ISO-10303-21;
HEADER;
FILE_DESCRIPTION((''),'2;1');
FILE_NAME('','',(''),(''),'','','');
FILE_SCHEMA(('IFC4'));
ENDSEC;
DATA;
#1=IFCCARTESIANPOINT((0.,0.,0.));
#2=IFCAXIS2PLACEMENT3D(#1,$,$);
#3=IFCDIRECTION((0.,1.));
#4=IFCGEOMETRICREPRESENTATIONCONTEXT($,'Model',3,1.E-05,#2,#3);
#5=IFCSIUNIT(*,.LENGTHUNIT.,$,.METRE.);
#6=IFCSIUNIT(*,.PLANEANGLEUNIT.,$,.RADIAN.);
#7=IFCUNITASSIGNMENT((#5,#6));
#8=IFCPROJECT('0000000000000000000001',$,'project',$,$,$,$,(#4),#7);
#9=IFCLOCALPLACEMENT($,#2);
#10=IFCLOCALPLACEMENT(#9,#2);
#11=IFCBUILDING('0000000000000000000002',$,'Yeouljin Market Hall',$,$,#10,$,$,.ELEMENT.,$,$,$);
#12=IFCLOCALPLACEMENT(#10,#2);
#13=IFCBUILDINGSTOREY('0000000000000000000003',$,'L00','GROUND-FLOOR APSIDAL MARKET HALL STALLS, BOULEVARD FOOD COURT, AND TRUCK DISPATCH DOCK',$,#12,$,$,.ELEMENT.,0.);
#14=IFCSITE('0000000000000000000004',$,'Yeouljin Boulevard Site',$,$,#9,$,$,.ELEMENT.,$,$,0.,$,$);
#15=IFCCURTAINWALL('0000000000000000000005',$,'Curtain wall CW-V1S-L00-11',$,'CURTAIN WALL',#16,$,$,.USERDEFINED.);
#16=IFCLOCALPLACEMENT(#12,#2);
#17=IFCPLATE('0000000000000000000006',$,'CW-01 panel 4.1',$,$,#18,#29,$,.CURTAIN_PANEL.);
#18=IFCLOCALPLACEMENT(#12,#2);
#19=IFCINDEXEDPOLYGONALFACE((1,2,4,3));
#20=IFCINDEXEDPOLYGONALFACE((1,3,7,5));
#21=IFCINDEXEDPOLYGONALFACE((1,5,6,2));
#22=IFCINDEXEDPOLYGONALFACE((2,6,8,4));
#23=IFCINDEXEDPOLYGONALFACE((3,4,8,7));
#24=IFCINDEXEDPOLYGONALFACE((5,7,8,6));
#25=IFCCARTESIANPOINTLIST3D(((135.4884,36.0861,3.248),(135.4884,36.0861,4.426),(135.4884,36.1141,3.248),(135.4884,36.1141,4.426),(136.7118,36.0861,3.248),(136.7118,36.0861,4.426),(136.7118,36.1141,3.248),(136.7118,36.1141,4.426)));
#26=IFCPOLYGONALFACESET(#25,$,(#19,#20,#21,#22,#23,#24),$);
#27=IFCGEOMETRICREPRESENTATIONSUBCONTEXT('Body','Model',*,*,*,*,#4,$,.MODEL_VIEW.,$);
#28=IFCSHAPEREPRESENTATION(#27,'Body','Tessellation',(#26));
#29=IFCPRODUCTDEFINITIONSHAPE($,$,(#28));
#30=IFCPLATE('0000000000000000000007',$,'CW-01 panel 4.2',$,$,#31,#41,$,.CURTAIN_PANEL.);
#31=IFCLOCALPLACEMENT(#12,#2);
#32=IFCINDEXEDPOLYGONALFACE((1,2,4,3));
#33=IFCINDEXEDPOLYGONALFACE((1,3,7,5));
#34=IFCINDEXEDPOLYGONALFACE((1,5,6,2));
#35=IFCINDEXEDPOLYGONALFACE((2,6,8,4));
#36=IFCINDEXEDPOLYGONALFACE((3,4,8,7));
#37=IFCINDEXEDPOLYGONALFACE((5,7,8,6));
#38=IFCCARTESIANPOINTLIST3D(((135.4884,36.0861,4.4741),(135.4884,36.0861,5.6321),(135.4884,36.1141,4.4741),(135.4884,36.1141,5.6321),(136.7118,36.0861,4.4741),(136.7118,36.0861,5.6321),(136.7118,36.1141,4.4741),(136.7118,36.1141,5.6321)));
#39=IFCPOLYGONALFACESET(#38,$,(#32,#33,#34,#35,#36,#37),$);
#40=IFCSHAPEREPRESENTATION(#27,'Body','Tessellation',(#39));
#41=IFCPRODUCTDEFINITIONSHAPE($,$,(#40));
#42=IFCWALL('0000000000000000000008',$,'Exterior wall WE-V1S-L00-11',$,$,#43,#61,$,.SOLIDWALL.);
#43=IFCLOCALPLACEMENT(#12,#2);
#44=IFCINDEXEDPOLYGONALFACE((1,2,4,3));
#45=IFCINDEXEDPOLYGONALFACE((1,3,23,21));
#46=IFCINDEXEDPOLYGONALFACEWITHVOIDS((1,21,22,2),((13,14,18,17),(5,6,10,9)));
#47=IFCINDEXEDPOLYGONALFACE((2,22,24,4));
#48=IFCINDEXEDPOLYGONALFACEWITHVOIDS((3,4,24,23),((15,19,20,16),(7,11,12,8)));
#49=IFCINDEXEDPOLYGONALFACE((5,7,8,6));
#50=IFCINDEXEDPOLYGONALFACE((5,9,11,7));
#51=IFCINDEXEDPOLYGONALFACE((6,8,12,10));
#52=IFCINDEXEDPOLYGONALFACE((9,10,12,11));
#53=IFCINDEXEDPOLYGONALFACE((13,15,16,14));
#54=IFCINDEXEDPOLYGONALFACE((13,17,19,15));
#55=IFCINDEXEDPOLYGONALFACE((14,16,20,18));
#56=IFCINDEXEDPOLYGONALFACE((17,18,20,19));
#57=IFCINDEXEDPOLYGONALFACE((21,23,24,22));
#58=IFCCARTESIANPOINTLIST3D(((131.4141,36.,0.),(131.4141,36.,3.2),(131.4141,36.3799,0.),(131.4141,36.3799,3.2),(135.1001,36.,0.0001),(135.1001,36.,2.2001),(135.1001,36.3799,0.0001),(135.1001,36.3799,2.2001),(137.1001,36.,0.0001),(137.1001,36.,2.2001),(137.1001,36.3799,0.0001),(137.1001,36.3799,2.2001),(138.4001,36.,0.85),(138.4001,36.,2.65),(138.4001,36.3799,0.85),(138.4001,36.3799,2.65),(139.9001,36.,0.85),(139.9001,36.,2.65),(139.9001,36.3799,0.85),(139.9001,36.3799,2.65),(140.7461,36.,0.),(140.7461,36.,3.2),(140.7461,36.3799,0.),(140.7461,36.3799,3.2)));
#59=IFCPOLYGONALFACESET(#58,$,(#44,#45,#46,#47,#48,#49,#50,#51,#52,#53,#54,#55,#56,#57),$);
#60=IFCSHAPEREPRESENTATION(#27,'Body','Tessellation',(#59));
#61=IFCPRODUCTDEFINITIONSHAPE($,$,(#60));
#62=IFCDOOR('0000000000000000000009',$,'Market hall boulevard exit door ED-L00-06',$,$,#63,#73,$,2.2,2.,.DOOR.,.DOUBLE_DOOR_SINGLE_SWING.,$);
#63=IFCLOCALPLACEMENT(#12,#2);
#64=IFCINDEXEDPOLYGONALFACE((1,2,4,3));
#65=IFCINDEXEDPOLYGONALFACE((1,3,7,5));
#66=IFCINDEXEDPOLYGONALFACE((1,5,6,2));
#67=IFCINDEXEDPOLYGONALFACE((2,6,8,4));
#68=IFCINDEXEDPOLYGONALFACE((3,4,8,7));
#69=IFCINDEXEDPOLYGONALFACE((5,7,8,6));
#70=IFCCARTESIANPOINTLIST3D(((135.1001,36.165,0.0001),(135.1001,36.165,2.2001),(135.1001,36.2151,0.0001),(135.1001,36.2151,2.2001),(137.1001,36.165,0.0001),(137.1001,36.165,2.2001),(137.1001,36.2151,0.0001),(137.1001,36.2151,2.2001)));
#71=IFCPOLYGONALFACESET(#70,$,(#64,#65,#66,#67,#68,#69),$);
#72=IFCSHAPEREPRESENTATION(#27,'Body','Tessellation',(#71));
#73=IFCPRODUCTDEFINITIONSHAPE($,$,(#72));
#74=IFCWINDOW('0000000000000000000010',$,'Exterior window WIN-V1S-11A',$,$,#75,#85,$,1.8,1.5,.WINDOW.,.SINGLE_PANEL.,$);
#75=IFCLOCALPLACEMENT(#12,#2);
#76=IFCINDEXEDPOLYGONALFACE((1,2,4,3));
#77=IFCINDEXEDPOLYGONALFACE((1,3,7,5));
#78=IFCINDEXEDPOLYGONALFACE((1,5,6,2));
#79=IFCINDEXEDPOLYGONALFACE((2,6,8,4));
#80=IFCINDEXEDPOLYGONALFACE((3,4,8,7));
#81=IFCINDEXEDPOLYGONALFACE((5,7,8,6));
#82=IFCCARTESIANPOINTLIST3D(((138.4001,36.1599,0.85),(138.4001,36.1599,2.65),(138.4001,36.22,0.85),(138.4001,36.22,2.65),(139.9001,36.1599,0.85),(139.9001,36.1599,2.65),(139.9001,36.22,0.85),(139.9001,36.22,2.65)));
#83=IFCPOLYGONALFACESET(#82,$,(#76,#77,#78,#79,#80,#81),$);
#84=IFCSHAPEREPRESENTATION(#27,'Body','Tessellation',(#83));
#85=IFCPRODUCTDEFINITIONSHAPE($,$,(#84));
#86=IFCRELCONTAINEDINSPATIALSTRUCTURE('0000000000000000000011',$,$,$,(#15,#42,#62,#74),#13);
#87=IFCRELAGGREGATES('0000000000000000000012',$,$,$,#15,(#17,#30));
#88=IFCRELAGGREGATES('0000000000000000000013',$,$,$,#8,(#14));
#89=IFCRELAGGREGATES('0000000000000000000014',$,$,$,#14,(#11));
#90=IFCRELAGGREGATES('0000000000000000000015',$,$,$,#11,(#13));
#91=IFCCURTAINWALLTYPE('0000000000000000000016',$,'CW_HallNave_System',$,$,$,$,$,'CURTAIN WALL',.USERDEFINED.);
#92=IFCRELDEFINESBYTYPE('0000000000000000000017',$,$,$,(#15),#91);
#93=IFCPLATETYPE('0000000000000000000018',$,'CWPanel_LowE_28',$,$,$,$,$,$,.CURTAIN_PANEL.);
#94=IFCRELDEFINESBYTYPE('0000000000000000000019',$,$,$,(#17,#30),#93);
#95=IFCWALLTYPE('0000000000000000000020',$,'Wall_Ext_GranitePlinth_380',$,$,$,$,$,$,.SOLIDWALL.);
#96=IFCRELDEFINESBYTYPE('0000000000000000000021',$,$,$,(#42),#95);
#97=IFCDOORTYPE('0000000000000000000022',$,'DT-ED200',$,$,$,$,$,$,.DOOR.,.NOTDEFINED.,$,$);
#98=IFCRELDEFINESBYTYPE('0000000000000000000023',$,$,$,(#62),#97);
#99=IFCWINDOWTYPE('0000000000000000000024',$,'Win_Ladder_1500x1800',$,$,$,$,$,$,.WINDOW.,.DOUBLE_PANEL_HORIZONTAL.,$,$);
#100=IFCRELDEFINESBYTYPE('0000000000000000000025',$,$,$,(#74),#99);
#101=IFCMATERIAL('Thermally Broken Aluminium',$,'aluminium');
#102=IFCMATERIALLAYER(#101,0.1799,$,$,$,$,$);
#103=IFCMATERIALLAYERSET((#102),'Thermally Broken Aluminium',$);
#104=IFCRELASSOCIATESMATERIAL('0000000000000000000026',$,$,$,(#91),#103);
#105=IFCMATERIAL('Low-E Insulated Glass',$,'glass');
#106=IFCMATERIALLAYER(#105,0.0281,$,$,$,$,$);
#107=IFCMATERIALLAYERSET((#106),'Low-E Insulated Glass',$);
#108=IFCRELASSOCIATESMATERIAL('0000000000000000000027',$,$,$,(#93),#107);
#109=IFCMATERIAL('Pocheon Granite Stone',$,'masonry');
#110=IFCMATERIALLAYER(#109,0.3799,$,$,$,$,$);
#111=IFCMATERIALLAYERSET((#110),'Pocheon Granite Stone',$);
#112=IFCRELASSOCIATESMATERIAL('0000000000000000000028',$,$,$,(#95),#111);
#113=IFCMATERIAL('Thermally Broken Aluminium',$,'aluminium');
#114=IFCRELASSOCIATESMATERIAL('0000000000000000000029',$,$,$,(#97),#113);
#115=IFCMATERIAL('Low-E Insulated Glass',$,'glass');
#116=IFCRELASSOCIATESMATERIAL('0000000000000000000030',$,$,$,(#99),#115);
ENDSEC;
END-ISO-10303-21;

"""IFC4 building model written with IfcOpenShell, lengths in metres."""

from ifc_helpers import new_model, si_unit, direction, frame, frame_2d, origin, origin_2d, place, context, subcontext, project, spatial, rectangle, extrude, material, layer, layer_set, type_object, element, fill, aggregate, save


model = new_model("IFC4")

# Units and contexts
model_context = context("Model", 3, precision=1e-05, world=origin(), true_north=direction((0.0, 1.0)))
body_context = subcontext(model_context, "Body", "Model", "MODEL_VIEW")
ifc_project = project(units=[si_unit("LENGTHUNIT", "METRE"), si_unit("PLANEANGLEUNIT", "RADIAN")], contexts=[model_context])

# Site, building, storey
site_placement = place(None, origin())
site = spatial("IfcSite", under=ifc_project, at=site_placement, Name="Yeouljin Boulevard Site", CompositionType="ELEMENT", RefElevation=0.0)
building_placement = place(site_placement, origin())
building = spatial("IfcBuilding", under=site, at=building_placement, Name="Yeouljin Market Hall", CompositionType="ELEMENT")
storey_placement = place(building_placement, origin())
storey = spatial("IfcBuildingStorey", under=building, at=storey_placement, Name="L00", Description="GROUND-FLOOR APSIDAL MARKET HALL STALLS, BOULEVARD FOOD COURT, AND TRUCK DISPATCH DOCK", CompositionType="ELEMENT", Elevation=0.0)

# Curtain wall
ifc_material_1 = material(Name="Thermally Broken Aluminium", Category="aluminium")
ifc_layer_1 = layer(ifc_material_1, 0.1799)
ifc_layer_set_1 = layer_set([ifc_layer_1], Name="Thermally Broken Aluminium")
curtain_wall_type_1 = type_object("IfcCurtainWallType", Name="CW_HallNave_System", ElementType="CURTAIN WALL", PredefinedType="USERDEFINED", material=ifc_layer_set_1)
curtain_wall_1_placement = place(storey_placement, origin())
curtain_wall_1 = element("IfcCurtainWall", 1, at=curtain_wall_1_placement, inside=storey, type_object=curtain_wall_type_1, Name="Curtain wall CW-V1S-L00-11", ObjectType="CURTAIN WALL", PredefinedType="USERDEFINED")

# Plates
ifc_material_2 = material(Name="Low-E Insulated Glass", Category="glass")
ifc_layer_2 = layer(ifc_material_2, 0.0281)
ifc_layer_set_2 = layer_set([ifc_layer_2], Name="Low-E Insulated Glass")
plate_type_1 = type_object("IfcPlateType", Name="CWPanel_LowE_28", PredefinedType="CURTAIN_PANEL", material=ifc_layer_set_2)
plate_1_placement = place(storey_placement, frame((136.1001, 36.1001, 3.248), z_axis=(0.0, 0.0, 1.0), x_axis=(-1.0, 0.0, 0.0)))
plate_1 = element("IfcPlate", 2, at=plate_1_placement, type_object=plate_type_1, Name="CW-01 panel 4.1", PredefinedType="CURTAIN_PANEL", context=body_context, shape_type="SweptSolid", body=[
    extrude(rectangle(XDim=1.2234, YDim=0.0281, at=origin_2d()), origin(), (0.0, 0.0, 1.0), 1.178),
])
plate_2_placement = place(storey_placement, frame((136.1001, 36.1001, 4.4741), z_axis=(0.0, 0.0, 1.0), x_axis=(-1.0, 0.0, 0.0)))
plate_2 = element("IfcPlate", 3, at=plate_2_placement, type_object=plate_type_1, Name="CW-01 panel 4.2", PredefinedType="CURTAIN_PANEL", context=body_context, shape_type="SweptSolid", body=[
    extrude(rectangle(XDim=1.2234, YDim=0.0281, at=origin_2d()), origin(), (0.0, 0.0, 1.0), 1.158),
])
aggregate(curtain_wall_1, [plate_1, plate_2])

# Wall, openings, door, window
ifc_material_3 = material(Name="Pocheon Granite Stone", Category="masonry")
ifc_layer_3 = layer(ifc_material_3, 0.3799)
ifc_layer_set_3 = layer_set([ifc_layer_3], Name="Pocheon Granite Stone")
wall_type = type_object("IfcWallType", Name="Wall_Ext_GranitePlinth_380", PredefinedType="SOLIDWALL", material=ifc_layer_set_3)
wall_placement = place(storey_placement, frame((140.7461, 36.1899, 0.0), z_axis=(0.0, 0.0, 1.0), x_axis=(-1.0, 0.0, 0.0)))
wall = element("IfcWall", 4, at=wall_placement, inside=storey, type_object=wall_type, Name="Exterior wall WE-V1S-L00-11", PredefinedType="SOLIDWALL", context=body_context, shape_type="SweptSolid", body=[
    extrude(rectangle(XDim=9.332, YDim=0.3799, at=frame_2d((4.666, 0.0))), origin(), (0.0, 0.0, 1.0), 3.2),
])
opening_1_placement = place(wall_placement, frame((3.646, 0.0, 0.0)))
opening_1 = element("IfcOpeningElement", 5, at=opening_1_placement, cuts=wall, PredefinedType="OPENING", context=body_context, shape_type="SweptSolid", body=[
    extrude(rectangle(XDim=2.0, YDim=2.2, at=frame_2d((1.0, 1.1001))), frame((0.0, 0.2, 0.0), z_axis=(0.0, -1.0, 0.0), x_axis=(1.0, 0.0, 0.0)), (0.0, 0.0, 1.0), 0.3999),
])
opening_2_placement = place(wall_placement, frame((0.8459, 0.0, 0.8501)))
opening_2 = element("IfcOpeningElement", 6, at=opening_2_placement, cuts=wall, PredefinedType="OPENING", context=body_context, shape_type="SweptSolid", body=[
    extrude(rectangle(XDim=1.5, YDim=1.8, at=frame_2d((0.75, 0.8999))), frame((0.0, 0.2, 0.0), z_axis=(0.0, -1.0, 0.0), x_axis=(1.0, 0.0, 0.0)), (0.0, 0.0, 1.0), 0.3999),
])
ifc_material_4 = material(Name="Thermally Broken Aluminium", Category="aluminium")
door_type = type_object("IfcDoorType", Name="DT-ED200", OperationType="NOTDEFINED", PredefinedType="DOOR", material=ifc_material_4)
door_placement = place(opening_1_placement, origin())
door = element("IfcDoor", 7, at=door_placement, inside=storey, type_object=door_type, Name="Market hall boulevard exit door ED-L00-06", OperationType="DOUBLE_DOOR_SINGLE_SWING", OverallHeight=2.2, OverallWidth=2.0, PredefinedType="DOOR", context=body_context, shape_type="SweptSolid", body=[
    extrude(rectangle(XDim=2.0, YDim=2.2, at=frame_2d((1.0, 1.1001))), frame((0.0, 0.0249, 0.0), z_axis=(0.0, -1.0, 0.0), x_axis=(1.0, 0.0, 0.0)), (0.0, 0.0, 1.0), 0.05),
])
fill(opening_1, door)
ifc_material_5 = material(Name="Low-E Insulated Glass", Category="glass")
window_type = type_object("IfcWindowType", Name="Win_Ladder_1500x1800", PartitioningType="DOUBLE_PANEL_HORIZONTAL", PredefinedType="WINDOW", material=ifc_material_5)
window_placement = place(opening_2_placement, origin())
window = element("IfcWindow", 8, at=window_placement, inside=storey, type_object=window_type, Name="Exterior window WIN-V1S-11A", OverallHeight=1.8, OverallWidth=1.5, PartitioningType="SINGLE_PANEL", PredefinedType="WINDOW", context=body_context, shape_type="SweptSolid", body=[
    extrude(rectangle(XDim=1.5, YDim=1.8, at=frame_2d((0.75, 0.8999))), frame((0.0, 0.03, 0.0), z_axis=(0.0, -1.0, 0.0), x_axis=(1.0, 0.0, 0.0)), (0.0, 0.0, 1.0), 0.0601),
])
fill(opening_2, window)

save(model, "model.ifc")
